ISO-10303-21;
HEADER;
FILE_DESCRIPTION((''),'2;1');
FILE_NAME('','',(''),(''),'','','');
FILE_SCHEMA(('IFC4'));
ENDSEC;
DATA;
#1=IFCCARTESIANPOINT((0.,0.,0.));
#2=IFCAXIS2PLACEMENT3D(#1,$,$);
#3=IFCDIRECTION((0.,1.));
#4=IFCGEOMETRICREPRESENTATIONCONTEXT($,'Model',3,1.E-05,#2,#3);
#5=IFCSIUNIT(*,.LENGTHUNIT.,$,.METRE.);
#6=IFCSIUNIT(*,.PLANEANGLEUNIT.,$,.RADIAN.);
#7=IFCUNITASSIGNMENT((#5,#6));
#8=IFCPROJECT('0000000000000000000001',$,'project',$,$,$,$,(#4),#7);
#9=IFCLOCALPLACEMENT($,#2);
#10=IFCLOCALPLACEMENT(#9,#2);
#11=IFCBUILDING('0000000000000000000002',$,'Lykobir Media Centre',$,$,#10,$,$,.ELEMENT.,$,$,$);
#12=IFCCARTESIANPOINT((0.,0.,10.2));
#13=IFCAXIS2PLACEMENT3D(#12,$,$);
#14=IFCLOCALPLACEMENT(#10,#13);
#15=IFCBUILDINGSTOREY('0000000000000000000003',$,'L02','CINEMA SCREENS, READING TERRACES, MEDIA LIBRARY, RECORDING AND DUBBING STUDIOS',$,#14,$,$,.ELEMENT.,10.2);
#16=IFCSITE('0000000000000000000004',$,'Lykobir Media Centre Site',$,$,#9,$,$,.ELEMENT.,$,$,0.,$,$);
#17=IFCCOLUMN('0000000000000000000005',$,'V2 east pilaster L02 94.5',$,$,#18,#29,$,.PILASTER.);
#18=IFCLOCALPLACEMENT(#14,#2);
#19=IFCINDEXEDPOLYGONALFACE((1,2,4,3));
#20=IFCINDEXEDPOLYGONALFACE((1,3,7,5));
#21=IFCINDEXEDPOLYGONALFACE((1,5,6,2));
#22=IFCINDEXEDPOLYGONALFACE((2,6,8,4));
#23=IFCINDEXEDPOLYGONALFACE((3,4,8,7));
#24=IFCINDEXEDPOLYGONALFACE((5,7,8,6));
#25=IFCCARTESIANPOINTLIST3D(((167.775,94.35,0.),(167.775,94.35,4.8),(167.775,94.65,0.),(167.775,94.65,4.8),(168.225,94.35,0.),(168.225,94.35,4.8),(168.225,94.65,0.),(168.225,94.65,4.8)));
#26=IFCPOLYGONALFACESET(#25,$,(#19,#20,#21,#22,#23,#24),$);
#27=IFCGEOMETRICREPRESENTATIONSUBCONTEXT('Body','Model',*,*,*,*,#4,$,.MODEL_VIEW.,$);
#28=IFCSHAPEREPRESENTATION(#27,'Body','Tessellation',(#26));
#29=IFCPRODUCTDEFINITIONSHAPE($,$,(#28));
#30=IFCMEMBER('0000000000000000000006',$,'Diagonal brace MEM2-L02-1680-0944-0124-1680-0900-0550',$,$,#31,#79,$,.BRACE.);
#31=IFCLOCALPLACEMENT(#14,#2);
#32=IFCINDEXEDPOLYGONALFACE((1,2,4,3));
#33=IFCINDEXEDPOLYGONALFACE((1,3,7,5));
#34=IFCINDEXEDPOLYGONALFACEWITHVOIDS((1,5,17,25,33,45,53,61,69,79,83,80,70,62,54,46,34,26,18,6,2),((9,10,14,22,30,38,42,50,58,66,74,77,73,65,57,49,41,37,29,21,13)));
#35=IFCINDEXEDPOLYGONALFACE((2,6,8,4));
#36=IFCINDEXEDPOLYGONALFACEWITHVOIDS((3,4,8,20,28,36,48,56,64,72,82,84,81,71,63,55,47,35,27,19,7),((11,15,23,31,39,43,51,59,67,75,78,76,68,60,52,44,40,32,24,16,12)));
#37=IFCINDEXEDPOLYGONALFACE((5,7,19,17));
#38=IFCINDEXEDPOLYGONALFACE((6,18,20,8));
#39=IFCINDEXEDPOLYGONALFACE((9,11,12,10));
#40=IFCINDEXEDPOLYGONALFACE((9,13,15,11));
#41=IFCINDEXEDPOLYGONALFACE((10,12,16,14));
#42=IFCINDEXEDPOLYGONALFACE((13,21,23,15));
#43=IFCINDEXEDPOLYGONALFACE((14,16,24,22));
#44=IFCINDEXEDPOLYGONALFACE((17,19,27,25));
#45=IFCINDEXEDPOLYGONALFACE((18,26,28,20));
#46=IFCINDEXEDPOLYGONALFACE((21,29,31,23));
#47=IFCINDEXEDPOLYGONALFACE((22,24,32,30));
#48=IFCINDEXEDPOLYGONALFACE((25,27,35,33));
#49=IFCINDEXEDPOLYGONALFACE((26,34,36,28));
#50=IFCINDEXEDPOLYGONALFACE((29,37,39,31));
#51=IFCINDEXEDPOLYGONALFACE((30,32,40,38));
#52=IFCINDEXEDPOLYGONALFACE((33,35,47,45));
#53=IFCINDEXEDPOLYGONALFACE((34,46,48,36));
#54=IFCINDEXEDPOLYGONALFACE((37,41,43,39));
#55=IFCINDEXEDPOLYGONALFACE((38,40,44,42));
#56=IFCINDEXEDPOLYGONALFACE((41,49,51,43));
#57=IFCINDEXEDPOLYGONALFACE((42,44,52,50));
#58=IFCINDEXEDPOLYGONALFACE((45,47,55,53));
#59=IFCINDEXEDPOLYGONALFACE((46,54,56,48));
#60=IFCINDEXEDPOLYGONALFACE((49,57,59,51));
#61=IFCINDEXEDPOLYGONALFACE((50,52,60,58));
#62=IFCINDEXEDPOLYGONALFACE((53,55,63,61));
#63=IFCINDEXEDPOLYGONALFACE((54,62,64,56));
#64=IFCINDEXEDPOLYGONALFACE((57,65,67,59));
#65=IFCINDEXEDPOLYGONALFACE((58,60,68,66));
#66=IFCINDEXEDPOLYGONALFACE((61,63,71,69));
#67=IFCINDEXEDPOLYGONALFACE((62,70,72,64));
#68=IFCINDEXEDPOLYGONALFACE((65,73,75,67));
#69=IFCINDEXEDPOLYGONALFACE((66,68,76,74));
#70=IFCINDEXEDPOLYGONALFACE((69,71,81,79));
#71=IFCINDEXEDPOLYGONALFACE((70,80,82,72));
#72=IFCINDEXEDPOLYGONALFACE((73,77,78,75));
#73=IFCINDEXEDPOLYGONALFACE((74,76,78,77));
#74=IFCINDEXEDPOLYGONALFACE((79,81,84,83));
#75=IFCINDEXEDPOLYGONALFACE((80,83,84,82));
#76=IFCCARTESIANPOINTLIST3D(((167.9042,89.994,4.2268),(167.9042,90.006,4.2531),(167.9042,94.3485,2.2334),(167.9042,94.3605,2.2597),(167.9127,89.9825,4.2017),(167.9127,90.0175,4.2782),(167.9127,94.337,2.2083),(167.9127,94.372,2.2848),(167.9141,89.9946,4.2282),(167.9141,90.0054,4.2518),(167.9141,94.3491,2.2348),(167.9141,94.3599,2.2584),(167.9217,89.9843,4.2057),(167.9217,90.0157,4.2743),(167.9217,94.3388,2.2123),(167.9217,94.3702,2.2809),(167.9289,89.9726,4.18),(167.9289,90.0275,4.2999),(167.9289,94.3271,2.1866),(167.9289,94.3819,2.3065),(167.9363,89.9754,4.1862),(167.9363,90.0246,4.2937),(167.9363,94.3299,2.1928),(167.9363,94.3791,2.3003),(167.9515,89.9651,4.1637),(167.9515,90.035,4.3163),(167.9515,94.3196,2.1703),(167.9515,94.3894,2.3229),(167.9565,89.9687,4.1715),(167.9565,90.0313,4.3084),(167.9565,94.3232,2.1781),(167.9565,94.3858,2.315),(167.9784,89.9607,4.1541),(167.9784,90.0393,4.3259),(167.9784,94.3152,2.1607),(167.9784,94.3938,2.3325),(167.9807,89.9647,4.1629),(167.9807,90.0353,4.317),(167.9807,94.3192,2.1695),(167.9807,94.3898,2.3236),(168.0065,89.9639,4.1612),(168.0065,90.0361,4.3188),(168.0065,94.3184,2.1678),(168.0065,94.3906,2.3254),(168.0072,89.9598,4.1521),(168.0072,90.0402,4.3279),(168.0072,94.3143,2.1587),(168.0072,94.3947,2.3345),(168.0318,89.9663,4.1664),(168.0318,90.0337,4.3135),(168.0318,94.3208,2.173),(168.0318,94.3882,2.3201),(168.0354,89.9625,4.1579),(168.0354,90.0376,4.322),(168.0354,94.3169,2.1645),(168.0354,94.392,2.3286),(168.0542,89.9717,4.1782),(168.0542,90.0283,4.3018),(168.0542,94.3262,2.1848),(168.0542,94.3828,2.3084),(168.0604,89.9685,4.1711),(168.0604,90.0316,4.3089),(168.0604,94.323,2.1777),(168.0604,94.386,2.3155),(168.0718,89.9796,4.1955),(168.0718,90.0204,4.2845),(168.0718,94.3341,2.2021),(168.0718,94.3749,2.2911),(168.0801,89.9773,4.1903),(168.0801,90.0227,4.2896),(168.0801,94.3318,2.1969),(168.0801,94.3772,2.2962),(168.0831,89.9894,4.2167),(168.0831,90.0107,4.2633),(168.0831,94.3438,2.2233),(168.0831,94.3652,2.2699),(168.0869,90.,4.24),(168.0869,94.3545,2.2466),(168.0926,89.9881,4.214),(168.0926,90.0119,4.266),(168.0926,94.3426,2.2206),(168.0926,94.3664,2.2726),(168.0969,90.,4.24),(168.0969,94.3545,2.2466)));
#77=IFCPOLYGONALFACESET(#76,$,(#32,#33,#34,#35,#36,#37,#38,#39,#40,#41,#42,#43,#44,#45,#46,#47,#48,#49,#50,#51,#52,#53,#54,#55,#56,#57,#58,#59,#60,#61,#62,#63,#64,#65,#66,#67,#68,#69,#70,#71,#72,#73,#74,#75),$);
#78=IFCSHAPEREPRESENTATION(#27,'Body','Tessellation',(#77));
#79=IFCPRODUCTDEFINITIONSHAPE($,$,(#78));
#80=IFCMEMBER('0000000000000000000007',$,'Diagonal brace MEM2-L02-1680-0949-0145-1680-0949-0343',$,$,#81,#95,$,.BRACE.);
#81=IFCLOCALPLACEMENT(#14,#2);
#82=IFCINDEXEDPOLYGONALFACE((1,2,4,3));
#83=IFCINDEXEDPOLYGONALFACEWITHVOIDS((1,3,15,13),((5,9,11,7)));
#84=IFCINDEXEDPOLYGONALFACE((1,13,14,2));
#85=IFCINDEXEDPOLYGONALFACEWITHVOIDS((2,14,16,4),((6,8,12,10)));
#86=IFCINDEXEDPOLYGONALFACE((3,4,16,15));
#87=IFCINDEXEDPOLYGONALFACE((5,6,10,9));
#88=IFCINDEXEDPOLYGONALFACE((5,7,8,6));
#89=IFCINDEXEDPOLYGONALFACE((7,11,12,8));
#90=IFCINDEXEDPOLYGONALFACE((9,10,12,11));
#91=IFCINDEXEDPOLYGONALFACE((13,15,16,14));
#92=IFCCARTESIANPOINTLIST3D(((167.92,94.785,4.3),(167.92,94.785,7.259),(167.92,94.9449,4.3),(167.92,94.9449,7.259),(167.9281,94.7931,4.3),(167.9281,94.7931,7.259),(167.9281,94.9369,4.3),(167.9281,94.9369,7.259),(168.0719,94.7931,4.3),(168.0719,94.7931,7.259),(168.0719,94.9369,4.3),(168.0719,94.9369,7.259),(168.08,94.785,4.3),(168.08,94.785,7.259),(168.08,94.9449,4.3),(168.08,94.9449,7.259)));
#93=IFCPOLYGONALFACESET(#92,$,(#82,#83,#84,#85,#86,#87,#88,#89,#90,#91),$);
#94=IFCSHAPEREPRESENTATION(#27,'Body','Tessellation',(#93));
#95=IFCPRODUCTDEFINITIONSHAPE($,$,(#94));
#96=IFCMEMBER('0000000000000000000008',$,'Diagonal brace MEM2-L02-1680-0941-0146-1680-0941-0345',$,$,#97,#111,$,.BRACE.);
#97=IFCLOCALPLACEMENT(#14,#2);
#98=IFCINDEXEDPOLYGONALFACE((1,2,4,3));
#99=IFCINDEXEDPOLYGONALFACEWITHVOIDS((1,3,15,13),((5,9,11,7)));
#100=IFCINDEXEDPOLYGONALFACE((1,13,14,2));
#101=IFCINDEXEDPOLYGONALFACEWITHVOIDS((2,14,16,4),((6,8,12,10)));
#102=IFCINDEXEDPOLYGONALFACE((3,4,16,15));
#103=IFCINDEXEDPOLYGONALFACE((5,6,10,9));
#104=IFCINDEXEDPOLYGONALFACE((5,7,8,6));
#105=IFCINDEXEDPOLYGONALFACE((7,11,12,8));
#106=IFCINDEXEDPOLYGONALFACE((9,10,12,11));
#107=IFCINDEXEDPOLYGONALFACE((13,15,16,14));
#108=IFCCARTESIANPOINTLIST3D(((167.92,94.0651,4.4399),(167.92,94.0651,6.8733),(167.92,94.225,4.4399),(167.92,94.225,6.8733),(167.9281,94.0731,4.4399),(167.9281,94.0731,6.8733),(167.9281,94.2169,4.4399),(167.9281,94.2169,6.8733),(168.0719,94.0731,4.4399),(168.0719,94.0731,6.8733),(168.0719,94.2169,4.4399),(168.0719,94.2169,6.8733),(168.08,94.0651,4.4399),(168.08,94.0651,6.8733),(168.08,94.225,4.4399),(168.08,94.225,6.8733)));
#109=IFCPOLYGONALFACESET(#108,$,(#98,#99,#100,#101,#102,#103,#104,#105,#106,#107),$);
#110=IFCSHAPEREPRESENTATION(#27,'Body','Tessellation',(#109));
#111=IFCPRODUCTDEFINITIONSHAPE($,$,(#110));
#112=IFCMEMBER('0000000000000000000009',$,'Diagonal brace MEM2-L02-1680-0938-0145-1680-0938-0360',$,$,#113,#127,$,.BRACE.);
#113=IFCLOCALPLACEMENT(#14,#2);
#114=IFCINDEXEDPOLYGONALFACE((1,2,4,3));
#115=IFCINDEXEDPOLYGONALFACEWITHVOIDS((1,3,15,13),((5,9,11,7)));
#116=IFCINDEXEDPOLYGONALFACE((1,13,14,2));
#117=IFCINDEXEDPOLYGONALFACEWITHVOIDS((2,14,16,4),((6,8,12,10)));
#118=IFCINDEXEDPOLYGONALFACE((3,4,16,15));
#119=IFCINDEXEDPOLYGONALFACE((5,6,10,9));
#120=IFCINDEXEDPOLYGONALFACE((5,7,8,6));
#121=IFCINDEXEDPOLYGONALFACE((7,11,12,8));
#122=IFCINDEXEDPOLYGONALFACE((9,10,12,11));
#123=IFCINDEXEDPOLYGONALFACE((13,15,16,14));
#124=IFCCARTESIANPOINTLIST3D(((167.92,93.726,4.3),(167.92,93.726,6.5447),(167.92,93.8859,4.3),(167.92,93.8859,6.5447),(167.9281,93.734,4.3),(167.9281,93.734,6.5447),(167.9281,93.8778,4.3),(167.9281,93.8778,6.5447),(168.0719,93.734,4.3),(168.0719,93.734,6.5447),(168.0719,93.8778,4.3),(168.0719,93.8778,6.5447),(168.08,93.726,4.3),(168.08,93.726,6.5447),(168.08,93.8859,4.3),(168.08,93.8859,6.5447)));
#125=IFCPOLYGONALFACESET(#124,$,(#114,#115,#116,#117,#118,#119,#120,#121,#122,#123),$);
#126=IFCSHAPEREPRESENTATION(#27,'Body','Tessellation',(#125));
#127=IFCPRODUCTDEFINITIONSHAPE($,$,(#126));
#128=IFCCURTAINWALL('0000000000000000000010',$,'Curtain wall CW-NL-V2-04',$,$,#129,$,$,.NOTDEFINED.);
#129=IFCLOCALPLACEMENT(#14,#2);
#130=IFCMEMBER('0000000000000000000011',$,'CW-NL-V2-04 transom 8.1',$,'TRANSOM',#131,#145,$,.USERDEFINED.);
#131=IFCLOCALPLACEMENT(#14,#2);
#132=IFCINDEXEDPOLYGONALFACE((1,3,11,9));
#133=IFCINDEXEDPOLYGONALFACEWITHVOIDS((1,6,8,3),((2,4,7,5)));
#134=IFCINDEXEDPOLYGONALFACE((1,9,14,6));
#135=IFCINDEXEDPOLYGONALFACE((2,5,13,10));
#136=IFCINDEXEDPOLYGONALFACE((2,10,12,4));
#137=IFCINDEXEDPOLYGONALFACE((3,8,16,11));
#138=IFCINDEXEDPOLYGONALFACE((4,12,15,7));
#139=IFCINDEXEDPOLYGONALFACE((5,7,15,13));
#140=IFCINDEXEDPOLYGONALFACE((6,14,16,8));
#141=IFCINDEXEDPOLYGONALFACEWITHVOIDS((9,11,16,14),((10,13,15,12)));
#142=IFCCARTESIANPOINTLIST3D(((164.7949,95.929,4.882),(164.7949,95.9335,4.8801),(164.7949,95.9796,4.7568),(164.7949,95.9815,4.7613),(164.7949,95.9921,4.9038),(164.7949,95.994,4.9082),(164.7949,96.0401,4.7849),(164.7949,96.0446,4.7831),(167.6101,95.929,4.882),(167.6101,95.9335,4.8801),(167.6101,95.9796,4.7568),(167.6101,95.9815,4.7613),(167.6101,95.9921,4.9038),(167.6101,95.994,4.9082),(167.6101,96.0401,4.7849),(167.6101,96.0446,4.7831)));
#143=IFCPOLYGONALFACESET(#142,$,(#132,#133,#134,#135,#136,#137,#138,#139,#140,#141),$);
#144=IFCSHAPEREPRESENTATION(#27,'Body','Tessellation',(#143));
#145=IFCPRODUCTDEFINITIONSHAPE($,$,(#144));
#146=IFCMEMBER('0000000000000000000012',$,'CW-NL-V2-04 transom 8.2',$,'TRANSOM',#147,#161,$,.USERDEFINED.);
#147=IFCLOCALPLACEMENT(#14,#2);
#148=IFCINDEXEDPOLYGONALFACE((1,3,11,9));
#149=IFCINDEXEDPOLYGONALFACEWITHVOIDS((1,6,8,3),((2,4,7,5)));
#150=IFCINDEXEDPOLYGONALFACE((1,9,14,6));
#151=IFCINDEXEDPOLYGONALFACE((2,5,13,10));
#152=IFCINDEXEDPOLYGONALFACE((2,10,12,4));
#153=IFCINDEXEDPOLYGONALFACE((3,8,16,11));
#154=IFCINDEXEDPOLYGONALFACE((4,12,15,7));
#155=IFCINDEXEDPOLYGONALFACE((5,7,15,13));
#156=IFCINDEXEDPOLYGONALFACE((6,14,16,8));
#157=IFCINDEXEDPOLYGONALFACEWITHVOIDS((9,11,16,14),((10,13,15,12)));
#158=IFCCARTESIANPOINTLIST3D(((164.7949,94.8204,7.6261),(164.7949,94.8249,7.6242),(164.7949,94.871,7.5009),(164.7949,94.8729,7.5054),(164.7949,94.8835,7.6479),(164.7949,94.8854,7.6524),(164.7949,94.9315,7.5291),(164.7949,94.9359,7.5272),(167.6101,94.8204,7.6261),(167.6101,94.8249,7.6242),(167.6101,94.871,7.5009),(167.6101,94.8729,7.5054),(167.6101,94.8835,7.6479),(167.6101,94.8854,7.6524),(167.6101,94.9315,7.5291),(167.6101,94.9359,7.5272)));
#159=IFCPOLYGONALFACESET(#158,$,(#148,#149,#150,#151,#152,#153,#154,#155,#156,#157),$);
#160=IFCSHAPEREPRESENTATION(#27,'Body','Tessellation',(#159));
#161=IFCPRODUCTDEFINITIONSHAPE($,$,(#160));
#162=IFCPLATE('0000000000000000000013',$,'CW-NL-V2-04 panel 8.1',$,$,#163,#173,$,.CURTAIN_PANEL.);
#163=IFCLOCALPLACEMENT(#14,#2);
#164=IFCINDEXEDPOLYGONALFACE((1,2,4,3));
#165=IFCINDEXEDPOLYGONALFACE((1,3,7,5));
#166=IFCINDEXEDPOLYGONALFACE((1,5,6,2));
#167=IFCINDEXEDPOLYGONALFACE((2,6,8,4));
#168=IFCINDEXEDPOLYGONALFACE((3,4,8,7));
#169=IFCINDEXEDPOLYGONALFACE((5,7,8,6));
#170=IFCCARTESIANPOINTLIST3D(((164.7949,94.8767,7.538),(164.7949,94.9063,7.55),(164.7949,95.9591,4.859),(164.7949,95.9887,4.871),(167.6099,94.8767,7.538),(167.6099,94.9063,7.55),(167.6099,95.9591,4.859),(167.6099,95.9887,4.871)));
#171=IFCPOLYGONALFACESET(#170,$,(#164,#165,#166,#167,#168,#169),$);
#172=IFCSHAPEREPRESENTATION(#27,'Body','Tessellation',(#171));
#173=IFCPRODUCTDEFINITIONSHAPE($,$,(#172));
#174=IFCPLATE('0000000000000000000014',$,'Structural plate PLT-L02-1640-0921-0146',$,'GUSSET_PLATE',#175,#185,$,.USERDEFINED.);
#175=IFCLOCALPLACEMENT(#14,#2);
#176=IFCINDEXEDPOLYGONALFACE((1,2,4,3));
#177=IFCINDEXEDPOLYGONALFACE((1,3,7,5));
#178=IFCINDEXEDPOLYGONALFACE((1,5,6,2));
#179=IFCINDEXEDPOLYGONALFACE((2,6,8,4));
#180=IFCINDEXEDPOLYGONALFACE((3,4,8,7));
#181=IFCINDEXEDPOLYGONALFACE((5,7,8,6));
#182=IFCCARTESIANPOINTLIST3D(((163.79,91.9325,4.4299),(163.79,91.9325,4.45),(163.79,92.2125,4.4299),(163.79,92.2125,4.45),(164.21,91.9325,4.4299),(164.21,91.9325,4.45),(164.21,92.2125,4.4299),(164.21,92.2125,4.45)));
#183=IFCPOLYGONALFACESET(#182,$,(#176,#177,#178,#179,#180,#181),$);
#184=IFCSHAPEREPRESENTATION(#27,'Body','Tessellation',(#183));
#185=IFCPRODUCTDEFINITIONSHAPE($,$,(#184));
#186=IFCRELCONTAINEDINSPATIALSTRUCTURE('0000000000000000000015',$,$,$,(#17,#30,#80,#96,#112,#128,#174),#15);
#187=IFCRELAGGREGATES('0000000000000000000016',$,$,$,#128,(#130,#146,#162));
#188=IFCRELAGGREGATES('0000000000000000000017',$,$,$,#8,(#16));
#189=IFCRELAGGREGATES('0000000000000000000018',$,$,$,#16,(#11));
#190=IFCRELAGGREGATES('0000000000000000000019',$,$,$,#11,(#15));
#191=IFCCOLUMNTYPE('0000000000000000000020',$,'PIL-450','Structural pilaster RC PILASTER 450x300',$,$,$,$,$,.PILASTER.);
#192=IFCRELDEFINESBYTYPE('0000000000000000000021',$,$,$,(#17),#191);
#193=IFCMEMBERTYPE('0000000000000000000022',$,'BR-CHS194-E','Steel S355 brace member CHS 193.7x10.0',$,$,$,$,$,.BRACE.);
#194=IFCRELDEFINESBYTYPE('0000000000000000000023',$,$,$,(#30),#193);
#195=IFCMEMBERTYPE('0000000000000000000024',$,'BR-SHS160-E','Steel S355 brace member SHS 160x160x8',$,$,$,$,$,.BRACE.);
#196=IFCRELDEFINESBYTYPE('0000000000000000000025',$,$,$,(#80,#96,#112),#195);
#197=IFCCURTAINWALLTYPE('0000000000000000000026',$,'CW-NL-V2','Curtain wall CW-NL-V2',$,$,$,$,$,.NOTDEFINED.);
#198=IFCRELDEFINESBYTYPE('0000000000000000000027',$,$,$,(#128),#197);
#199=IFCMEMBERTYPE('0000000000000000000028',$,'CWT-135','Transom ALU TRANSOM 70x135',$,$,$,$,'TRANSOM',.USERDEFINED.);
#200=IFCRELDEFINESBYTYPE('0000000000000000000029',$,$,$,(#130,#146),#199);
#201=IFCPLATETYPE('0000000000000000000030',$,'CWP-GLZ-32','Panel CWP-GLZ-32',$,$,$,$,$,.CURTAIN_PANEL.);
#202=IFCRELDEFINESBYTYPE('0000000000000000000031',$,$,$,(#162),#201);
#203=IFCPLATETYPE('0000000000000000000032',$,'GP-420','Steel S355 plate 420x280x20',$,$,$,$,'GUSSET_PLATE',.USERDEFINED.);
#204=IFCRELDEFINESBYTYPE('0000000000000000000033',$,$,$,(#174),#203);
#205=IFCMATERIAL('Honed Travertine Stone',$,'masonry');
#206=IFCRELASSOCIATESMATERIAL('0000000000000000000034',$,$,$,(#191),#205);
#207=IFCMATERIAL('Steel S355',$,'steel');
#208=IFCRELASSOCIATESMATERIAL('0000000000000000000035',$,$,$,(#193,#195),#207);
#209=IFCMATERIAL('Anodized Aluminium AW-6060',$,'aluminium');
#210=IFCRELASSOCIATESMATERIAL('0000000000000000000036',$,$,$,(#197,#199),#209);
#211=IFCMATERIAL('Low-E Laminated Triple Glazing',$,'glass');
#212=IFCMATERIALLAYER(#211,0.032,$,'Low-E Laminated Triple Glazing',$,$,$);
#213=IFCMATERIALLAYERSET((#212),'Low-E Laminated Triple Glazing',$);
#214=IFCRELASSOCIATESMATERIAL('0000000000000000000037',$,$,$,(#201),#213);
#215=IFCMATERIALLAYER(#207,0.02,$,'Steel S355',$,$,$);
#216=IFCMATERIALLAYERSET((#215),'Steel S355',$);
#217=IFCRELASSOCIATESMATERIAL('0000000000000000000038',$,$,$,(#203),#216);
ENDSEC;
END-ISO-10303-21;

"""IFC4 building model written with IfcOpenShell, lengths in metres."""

from ifc_helpers import new_model, si_unit, direction, frame, origin, origin_2d, place, context, subcontext, project, spatial, rectangle, hollow_rectangle, hollow_circle, extrude, material, layer, layer_set, material_profile, profile_set, type_object, element, aggregate, save


model = new_model("IFC4")

# Units and contexts
model_context = context("Model", 3, precision=1e-05, world=origin(), true_north=direction((0.0, 1.0)))
body_context = subcontext(model_context, "Body", "Model", "MODEL_VIEW")
ifc_project = project(units=[si_unit("LENGTHUNIT", "METRE"), si_unit("PLANEANGLEUNIT", "RADIAN")], contexts=[model_context])

# Site, building, storey
site_placement = place(None, origin())
site = spatial("IfcSite", under=ifc_project, at=site_placement, Name="Lykobir Media Centre Site", CompositionType="ELEMENT", RefElevation=0.0)
building_placement = place(site_placement, origin())
building = spatial("IfcBuilding", under=site, at=building_placement, Name="Lykobir Media Centre", CompositionType="ELEMENT")
storey_placement = place(building_placement, frame((0.0, 0.0, 10.2)))
storey = spatial("IfcBuildingStorey", under=building, at=storey_placement, Name="L02", Description="CINEMA SCREENS, READING TERRACES, MEDIA LIBRARY, RECORDING AND DUBBING STUDIOS", CompositionType="ELEMENT", Elevation=10.2)

# Column
ifc_material_1 = material(Name="Honed Travertine Stone", Category="masonry")
ifc_material_profile_1 = material_profile(ifc_material_1, rectangle(XDim=0.3, YDim=0.45, at=origin_2d()), Name="RC PILASTER 450x300")
ifc_profile_set_1 = profile_set([ifc_material_profile_1], Name="Honed Travertine Stone")
column_type = type_object("IfcColumnType", Name="PIL-450", Description="Structural pilaster RC PILASTER 450x300", PredefinedType="PILASTER", material=ifc_profile_set_1)
column_placement = place(storey_placement, frame((168.0, 94.5, 0.0), z_axis=(0.0, 0.0, 1.0), x_axis=(0.0, 1.0, 0.0)))
element("IfcColumn", 1, at=column_placement, inside=storey, type_object=column_type, Name="V2 east pilaster L02 94.5", PredefinedType="PILASTER", context=body_context, shape_type="SweptSolid", body=[
    extrude(rectangle(XDim=0.3, YDim=0.45, at=origin_2d()), origin(), (0.0, 0.0, 1.0), 4.8),
])

# Members
ifc_material_2 = material(Name="Steel S355", Category="steel")
ifc_material_profile_2 = material_profile(ifc_material_2, hollow_circle(Radius=0.0969, WallThickness=0.01, at=origin_2d()), Name="CHS 193.7x10.0")
ifc_profile_set_2 = profile_set([ifc_material_profile_2], Name="Steel S355")
member_type_1 = type_object("IfcMemberType", Name="BR-CHS194-E", Description="Steel S355 brace member CHS 193.7x10.0", PredefinedType="BRACE", material=ifc_profile_set_2)
member_1_placement = place(storey_placement, frame((168.0, 94.3545, 2.2466), z_axis=(0.0, -0.909255, 0.41624), x_axis=(1.0, 0.0, 0.0)))
element("IfcMember", 2, at=member_1_placement, inside=storey, type_object=member_type_1, Name="Diagonal brace MEM2-L02-1680-0944-0124-1680-0900-0550", PredefinedType="BRACE", context=body_context, shape_type="SweptSolid", body=[
    extrude(hollow_circle(Radius=0.0969, WallThickness=0.01, at=origin_2d()), origin(), (0.0, 0.0, 1.0), 4.7891),
])
ifc_material_profile_3 = material_profile(ifc_material_2, hollow_rectangle(XDim=0.1599, YDim=0.1599, WallThickness=0.0081, at=origin_2d()), Name="SHS 160x160x8")
ifc_profile_set_3 = profile_set([ifc_material_profile_3], Name="Steel S355")
member_type_2 = type_object("IfcMemberType", Name="BR-SHS160-E", Description="Steel S355 brace member SHS 160x160x8", PredefinedType="BRACE", material=ifc_profile_set_3)
member_2_placement = place(storey_placement, frame((168.0, 94.865, 4.3), z_axis=(0.0, 0.0, 1.0), x_axis=(1.0, 0.0, 0.0)))
element("IfcMember", 3, at=member_2_placement, inside=storey, type_object=member_type_2, Name="Diagonal brace MEM2-L02-1680-0949-0145-1680-0949-0343", PredefinedType="BRACE", context=body_context, shape_type="SweptSolid", body=[
    extrude(hollow_rectangle(XDim=0.1599, YDim=0.1599, WallThickness=0.0081, at=origin_2d()), origin(), (0.0, 0.0, 1.0), 2.959),
])
member_3_placement = place(storey_placement, frame((168.0, 94.145, 4.4399), z_axis=(0.0, 0.0, 1.0), x_axis=(1.0, 0.0, 0.0)))
element("IfcMember", 4, at=member_3_placement, inside=storey, type_object=member_type_2, Name="Diagonal brace MEM2-L02-1680-0941-0146-1680-0941-0345", PredefinedType="BRACE", context=body_context, shape_type="SweptSolid", body=[
    extrude(hollow_rectangle(XDim=0.1599, YDim=0.1599, WallThickness=0.0081, at=origin_2d()), origin(), (0.0, 0.0, 1.0), 2.4333),
])
member_4_placement = place(storey_placement, frame((168.0, 93.8059, 4.3), z_axis=(0.0, 0.0, 1.0), x_axis=(1.0, 0.0, 0.0)))
element("IfcMember", 5, at=member_4_placement, inside=storey, type_object=member_type_2, Name="Diagonal brace MEM2-L02-1680-0938-0145-1680-0938-0360", PredefinedType="BRACE", context=body_context, shape_type="SweptSolid", body=[
    extrude(hollow_rectangle(XDim=0.1599, YDim=0.1599, WallThickness=0.0081, at=origin_2d()), origin(), (0.0, 0.0, 1.0), 2.2446),
])

# Curtain wall, members, plate
ifc_material_3 = material(Name="Anodized Aluminium AW-6060", Category="aluminium")
curtain_wall_type = type_object("IfcCurtainWallType", Name="CW-NL-V2", Description="Curtain wall CW-NL-V2", PredefinedType="NOTDEFINED", material=ifc_material_3)
curtain_wall_placement = place(storey_placement, origin())
curtain_wall = element("IfcCurtainWall", 6, at=curtain_wall_placement, inside=storey, type_object=curtain_wall_type, Name="Curtain wall CW-NL-V2-04", PredefinedType="NOTDEFINED")
ifc_material_profile_4 = material_profile(ifc_material_3, hollow_rectangle(XDim=0.0701, YDim=0.135, WallThickness=0.0034, at=origin_2d()), Name="ALU TRANSOM 70x135")
ifc_profile_set_4 = profile_set([ifc_material_profile_4], Name="Anodized Aluminium AW-6060")
member_type_3 = type_object("IfcMemberType", Name="CWT-135", Description="Transom ALU TRANSOM 70x135", ElementType="TRANSOM", PredefinedType="USERDEFINED", material=ifc_profile_set_4)
member_5_placement = place(storey_placement, frame((164.7949, 95.9868, 4.8325), z_axis=(1.0, 0.0, 0.0), x_axis=(0.0, 0.927184, 0.374607)))
member_5 = element("IfcMember", 7, at=member_5_placement, type_object=member_type_3, Name="CW-NL-V2-04 transom 8.1", ObjectType="TRANSOM", PredefinedType="USERDEFINED", context=body_context, shape_type="SweptSolid", body=[
    extrude(hollow_rectangle(XDim=0.0701, YDim=0.135, WallThickness=0.0034, at=origin_2d()), origin(), (0.0, 0.0, 1.0), 2.8152),
])
member_6_placement = place(storey_placement, frame((164.7949, 94.8782, 7.5767), z_axis=(1.0, 0.0, 0.0), x_axis=(0.0, 0.927184, 0.374607)))
member_6 = element("IfcMember", 8, at=member_6_placement, type_object=member_type_3, Name="CW-NL-V2-04 transom 8.2", ObjectType="TRANSOM", PredefinedType="USERDEFINED", context=body_context, shape_type="SweptSolid", body=[
    extrude(hollow_rectangle(XDim=0.0701, YDim=0.135, WallThickness=0.0034, at=origin_2d()), origin(), (0.0, 0.0, 1.0), 2.8152),
])
ifc_material_4 = material(Name="Low-E Laminated Triple Glazing", Category="glass")
ifc_layer_1 = layer(ifc_material_4, 0.032, Name="Low-E Laminated Triple Glazing")
ifc_layer_set_1 = layer_set([ifc_layer_1], Name="Low-E Laminated Triple Glazing")
plate_type_1 = type_object("IfcPlateType", Name="CWP-GLZ-32", Description="Panel CWP-GLZ-32", PredefinedType="CURTAIN_PANEL", material=ifc_layer_set_1)
plate_placement = place(storey_placement, frame((166.2024, 95.9739, 4.865), z_axis=(0.0, -0.374607, 0.927184), x_axis=(1.0, 0.0, 0.0)))
plate = element("IfcPlate", 9, at=plate_placement, type_object=plate_type_1, Name="CW-NL-V2-04 panel 8.1", PredefinedType="CURTAIN_PANEL", context=body_context, shape_type="SweptSolid", body=[
    extrude(rectangle(XDim=2.8149, YDim=0.032, at=origin_2d()), origin(), (0.0, 0.0, 1.0), 2.8894),
])
aggregate(curtain_wall, [member_5, member_6, plate])

# Plate
ifc_layer_2 = layer(ifc_material_2, 0.02, Name="Steel S355")
ifc_layer_set_2 = layer_set([ifc_layer_2], Name="Steel S355")
plate_type_2 = type_object("IfcPlateType", Name="GP-420", Description="Steel S355 plate 420x280x20", ElementType="GUSSET_PLATE", PredefinedType="USERDEFINED", material=ifc_layer_set_2)
for number, where, z_axis, x_axis, name in (
    (10, (164.0, 92.0725, 4.4299), (0.0, 0.0, 1.0), (1.0, 0.0, 0.0), "Structural plate PLT-L02-1640-0921-0146"),
):
    element("IfcPlate", number, at=place(storey_placement, frame(where, z_axis=z_axis, x_axis=x_axis)), inside=storey, type_object=plate_type_2, Name=name, ObjectType="GUSSET_PLATE", PredefinedType="USERDEFINED", context=body_context, shape_type="SweptSolid", body=[
        extrude(rectangle(XDim=0.4199, YDim=0.28, at=origin_2d()), origin(), (0.0, 0.0, 1.0), 0.02),
    ])

save(model, "model.ifc")
